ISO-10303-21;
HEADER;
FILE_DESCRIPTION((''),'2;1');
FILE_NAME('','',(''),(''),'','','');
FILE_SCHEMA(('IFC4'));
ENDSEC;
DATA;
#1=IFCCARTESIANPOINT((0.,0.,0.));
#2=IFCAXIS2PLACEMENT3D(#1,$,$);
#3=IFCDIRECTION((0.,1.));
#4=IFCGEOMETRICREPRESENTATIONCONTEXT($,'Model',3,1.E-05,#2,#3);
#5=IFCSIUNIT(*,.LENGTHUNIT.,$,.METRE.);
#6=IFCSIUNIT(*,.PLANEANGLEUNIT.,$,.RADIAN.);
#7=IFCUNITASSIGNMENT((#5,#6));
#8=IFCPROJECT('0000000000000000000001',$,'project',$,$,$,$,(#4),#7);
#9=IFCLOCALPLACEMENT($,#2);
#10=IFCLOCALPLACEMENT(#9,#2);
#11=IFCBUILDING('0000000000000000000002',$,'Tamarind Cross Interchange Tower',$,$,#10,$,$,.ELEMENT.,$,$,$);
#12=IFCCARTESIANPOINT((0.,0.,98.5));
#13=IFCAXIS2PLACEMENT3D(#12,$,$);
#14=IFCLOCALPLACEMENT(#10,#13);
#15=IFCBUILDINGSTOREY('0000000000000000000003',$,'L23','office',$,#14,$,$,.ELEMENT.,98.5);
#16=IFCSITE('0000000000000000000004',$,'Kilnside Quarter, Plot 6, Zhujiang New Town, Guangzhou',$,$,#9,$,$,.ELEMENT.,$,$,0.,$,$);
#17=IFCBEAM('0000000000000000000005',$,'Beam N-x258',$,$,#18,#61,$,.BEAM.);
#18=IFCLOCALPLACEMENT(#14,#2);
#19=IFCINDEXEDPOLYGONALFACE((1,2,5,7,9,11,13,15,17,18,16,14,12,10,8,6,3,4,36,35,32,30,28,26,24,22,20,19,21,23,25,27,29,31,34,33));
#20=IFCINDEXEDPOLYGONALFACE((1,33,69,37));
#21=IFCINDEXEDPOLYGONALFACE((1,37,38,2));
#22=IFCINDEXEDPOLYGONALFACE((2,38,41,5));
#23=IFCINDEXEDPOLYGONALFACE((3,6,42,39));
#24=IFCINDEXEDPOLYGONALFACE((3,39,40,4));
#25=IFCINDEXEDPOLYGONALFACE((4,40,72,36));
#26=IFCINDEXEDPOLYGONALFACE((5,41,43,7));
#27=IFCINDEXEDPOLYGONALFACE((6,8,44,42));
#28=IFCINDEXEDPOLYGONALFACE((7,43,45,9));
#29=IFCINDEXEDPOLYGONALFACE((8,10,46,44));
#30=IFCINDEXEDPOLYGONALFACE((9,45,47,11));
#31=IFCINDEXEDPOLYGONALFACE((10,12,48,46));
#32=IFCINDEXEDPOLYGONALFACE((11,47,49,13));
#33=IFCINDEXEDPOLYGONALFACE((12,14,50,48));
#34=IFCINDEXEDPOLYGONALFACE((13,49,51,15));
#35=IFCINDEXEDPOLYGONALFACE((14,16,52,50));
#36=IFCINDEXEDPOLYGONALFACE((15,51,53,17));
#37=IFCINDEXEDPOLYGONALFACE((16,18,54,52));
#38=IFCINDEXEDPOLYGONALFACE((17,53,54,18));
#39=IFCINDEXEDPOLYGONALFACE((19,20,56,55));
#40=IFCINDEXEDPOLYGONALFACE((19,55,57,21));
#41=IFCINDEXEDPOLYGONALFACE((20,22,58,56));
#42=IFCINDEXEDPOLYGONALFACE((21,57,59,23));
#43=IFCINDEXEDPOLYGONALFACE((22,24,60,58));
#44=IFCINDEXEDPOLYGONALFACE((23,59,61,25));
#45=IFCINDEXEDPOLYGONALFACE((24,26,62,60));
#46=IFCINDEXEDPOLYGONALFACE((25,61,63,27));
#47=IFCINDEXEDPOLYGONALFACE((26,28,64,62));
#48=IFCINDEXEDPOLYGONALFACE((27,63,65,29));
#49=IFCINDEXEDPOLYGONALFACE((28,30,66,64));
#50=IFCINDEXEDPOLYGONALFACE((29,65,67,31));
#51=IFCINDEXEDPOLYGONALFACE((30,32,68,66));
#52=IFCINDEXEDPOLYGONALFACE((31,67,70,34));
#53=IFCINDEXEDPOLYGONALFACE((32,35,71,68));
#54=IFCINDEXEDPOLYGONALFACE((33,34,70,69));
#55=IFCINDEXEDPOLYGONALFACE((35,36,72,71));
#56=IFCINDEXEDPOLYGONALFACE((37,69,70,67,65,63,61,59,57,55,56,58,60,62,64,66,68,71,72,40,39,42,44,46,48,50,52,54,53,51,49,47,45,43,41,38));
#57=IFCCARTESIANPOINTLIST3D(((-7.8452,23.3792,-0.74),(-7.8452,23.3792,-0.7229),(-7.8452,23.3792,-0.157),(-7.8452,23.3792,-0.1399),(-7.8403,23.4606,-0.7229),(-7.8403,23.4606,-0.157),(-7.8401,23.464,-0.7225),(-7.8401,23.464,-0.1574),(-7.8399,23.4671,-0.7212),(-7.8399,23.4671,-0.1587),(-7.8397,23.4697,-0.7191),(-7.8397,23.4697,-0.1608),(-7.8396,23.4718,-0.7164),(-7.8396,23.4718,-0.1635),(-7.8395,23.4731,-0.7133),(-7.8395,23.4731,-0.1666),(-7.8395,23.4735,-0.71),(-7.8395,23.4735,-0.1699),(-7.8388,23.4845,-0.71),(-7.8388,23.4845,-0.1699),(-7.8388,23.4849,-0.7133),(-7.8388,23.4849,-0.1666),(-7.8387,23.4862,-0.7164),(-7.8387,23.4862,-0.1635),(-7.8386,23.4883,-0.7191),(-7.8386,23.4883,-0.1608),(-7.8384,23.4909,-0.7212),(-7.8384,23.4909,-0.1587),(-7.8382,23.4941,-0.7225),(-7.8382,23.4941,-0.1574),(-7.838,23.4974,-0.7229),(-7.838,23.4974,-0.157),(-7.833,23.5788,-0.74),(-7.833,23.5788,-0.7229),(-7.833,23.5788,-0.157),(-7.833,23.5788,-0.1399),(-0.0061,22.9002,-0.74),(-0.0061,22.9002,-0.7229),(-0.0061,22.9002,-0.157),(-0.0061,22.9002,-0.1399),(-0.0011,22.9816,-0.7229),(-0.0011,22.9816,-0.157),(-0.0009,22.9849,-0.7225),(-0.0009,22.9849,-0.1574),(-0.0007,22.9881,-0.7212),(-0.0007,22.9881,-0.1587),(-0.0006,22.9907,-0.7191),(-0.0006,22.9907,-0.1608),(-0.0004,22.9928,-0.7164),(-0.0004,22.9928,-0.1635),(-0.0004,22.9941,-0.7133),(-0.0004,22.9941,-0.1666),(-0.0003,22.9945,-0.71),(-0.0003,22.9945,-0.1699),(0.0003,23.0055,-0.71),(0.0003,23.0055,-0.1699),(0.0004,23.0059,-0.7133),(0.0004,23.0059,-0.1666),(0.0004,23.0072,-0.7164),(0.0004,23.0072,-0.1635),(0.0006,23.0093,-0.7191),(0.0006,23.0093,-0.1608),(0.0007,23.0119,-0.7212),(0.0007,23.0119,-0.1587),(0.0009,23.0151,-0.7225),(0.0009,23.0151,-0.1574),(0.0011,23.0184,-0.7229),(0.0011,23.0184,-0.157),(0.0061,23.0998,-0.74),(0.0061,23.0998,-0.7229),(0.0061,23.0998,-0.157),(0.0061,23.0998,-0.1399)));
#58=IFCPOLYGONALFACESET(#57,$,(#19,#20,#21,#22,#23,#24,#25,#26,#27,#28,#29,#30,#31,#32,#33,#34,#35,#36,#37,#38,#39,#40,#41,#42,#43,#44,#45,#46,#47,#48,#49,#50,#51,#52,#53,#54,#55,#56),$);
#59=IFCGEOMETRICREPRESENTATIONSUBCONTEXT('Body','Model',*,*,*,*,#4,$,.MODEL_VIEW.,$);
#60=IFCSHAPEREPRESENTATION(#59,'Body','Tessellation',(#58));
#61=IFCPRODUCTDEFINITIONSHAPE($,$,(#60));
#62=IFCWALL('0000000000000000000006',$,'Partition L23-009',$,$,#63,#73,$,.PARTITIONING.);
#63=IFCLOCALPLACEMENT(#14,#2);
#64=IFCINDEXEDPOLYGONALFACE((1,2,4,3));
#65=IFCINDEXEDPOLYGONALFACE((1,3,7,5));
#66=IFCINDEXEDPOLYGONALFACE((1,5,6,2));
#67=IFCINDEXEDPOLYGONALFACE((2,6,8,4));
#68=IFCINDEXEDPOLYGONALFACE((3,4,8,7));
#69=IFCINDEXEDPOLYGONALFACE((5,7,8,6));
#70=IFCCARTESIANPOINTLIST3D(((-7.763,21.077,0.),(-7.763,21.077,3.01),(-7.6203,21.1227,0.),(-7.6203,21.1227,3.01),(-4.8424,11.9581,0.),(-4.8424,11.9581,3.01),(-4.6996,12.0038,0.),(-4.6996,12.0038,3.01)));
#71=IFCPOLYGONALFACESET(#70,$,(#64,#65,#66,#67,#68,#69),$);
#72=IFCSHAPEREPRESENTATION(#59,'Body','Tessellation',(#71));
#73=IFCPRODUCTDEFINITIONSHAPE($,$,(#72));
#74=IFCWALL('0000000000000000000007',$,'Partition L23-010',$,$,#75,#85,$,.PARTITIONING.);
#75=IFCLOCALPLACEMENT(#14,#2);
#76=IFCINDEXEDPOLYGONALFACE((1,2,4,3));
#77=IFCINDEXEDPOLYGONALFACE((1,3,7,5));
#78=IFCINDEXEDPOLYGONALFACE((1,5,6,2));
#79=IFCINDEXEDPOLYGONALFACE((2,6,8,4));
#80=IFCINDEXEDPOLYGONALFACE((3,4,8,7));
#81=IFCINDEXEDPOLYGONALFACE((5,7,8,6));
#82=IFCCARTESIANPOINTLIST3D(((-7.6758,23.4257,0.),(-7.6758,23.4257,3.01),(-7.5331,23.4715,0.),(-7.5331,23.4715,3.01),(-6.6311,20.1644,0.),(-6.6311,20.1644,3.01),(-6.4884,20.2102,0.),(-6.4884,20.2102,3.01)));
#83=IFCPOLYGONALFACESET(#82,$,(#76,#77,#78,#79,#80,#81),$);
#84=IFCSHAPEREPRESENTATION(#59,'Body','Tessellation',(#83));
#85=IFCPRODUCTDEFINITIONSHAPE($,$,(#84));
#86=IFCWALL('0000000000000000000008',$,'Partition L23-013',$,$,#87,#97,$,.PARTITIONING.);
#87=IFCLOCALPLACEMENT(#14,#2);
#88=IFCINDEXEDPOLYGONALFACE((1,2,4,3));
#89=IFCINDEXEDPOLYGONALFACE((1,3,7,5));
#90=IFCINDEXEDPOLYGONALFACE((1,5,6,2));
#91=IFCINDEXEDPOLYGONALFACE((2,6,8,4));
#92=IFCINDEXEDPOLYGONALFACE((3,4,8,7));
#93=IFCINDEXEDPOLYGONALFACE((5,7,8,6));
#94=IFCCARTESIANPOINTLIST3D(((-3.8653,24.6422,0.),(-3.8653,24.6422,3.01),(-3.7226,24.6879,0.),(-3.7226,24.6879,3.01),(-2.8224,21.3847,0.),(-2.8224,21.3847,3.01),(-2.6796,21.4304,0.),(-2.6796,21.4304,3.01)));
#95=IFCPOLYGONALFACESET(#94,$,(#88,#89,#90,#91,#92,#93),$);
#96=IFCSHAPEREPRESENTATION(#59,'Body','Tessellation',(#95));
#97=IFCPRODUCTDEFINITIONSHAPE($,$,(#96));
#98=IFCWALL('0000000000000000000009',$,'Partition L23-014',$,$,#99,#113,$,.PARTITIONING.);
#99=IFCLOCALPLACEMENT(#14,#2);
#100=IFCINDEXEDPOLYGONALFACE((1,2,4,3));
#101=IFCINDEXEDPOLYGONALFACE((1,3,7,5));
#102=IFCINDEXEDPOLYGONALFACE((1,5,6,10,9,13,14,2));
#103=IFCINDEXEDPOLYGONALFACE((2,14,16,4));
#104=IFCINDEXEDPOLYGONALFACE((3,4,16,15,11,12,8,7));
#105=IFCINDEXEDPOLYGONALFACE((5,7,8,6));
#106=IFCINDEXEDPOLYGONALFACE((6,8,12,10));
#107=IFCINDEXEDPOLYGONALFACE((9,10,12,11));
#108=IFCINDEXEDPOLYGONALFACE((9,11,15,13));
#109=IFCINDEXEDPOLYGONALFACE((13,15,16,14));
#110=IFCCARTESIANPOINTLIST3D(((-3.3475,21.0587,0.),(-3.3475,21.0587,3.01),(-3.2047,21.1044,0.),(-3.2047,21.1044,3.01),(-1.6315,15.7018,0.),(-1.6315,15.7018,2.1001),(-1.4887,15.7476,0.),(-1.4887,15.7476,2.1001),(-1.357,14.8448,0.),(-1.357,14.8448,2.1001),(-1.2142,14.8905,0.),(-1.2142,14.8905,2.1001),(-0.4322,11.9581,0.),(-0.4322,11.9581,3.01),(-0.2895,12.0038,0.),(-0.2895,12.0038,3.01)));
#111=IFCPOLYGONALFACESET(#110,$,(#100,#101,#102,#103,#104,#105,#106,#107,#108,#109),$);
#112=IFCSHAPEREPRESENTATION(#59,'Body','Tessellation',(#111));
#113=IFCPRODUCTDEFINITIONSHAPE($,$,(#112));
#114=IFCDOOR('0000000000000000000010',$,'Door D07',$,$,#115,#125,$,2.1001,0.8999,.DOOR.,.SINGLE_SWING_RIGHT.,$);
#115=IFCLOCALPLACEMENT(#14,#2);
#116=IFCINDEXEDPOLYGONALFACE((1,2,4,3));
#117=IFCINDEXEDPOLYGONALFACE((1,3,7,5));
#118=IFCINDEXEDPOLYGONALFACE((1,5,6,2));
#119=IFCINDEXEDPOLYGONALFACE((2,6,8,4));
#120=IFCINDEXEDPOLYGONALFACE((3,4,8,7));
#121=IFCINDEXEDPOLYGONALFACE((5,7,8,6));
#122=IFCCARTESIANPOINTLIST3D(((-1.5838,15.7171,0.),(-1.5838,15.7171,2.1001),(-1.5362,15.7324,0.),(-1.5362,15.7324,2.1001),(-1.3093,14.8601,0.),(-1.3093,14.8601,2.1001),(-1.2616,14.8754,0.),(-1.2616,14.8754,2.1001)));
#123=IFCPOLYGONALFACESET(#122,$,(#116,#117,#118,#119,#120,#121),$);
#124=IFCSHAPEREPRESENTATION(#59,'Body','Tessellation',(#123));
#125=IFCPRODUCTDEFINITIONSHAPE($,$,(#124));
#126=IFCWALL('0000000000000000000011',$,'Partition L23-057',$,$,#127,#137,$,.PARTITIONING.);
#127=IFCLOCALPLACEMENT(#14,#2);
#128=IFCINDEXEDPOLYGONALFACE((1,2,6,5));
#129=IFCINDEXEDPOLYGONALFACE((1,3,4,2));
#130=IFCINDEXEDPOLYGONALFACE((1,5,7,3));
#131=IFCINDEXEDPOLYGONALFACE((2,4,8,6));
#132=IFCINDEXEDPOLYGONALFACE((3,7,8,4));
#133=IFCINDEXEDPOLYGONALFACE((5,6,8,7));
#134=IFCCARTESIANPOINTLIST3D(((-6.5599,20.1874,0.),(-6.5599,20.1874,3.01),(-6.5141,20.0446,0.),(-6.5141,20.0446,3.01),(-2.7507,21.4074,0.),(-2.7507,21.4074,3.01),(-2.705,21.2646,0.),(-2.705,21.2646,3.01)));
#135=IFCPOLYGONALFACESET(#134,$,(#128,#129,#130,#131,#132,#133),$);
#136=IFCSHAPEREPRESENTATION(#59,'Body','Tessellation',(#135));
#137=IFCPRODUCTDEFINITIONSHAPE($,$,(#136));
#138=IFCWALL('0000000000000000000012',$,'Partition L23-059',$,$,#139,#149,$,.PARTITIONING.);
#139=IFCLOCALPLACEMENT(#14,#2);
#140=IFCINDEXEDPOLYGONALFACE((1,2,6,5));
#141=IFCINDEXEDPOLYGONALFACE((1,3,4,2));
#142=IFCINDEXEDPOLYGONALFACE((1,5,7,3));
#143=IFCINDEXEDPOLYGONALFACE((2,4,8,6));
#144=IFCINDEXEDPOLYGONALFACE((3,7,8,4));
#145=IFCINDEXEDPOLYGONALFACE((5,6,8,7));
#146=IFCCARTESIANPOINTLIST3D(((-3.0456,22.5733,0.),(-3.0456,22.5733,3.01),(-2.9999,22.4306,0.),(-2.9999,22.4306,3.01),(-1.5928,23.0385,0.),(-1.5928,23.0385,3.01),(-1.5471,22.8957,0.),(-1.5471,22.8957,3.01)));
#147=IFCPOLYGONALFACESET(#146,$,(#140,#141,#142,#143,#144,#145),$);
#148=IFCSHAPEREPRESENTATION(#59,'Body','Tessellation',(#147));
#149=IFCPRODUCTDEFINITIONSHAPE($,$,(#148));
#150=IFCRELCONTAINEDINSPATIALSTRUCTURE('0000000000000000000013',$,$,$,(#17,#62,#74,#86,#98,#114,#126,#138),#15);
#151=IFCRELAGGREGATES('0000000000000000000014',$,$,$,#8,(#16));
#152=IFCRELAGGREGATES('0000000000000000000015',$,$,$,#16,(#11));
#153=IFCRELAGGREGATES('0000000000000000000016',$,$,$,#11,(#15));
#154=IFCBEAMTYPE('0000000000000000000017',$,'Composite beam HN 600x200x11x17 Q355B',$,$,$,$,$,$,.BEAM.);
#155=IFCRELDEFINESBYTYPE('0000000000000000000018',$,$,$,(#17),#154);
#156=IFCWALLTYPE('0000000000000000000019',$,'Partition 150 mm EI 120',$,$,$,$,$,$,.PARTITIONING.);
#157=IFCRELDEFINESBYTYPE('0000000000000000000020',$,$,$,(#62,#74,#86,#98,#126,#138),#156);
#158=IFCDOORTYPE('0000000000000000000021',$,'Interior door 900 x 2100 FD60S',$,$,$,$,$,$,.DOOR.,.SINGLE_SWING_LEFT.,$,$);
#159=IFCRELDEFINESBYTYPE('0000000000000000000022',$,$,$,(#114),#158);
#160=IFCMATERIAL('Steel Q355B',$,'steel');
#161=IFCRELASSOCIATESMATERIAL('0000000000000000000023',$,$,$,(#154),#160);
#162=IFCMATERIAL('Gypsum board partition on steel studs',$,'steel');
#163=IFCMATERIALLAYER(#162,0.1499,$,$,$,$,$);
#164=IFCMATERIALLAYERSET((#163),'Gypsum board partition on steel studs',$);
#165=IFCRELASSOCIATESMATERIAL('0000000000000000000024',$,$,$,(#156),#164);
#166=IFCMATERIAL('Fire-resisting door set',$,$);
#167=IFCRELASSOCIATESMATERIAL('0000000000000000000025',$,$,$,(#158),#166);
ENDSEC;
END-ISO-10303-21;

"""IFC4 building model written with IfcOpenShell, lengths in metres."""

from ifc_helpers import new_model, si_unit, direction, frame, frame_2d, origin, origin_2d, place, context, subcontext, project, spatial, rectangle, i_section, extrude, material, layer, layer_set, material_profile, profile_set, type_object, element, fill, save


model = new_model("IFC4")

# Units and contexts
model_context = context("Model", 3, precision=1e-05, world=origin(), true_north=direction((0.0, 1.0)))
body_context = subcontext(model_context, "Body", "Model", "MODEL_VIEW")
ifc_project = project(units=[si_unit("LENGTHUNIT", "METRE"), si_unit("PLANEANGLEUNIT", "RADIAN")], contexts=[model_context])

# Site, building, storey
site_placement = place(None, origin())
site = spatial("IfcSite", under=ifc_project, at=site_placement, Name="Kilnside Quarter, Plot 6, Zhujiang New Town, Guangzhou", CompositionType="ELEMENT", RefElevation=0.0)
building_placement = place(site_placement, origin())
building = spatial("IfcBuilding", under=site, at=building_placement, Name="Tamarind Cross Interchange Tower", CompositionType="ELEMENT")
storey_placement = place(building_placement, frame((0.0, 0.0, 98.5)))
storey = spatial("IfcBuildingStorey", under=building, at=storey_placement, Name="L23", Description="office", CompositionType="ELEMENT", Elevation=98.5)

# Beam
ifc_material_1 = material(Name="Steel Q355B", Category="steel")
ifc_material_profile_1 = material_profile(ifc_material_1, i_section(OverallWidth=0.2, OverallDepth=0.6001, WebThickness=0.011, FlangeThickness=0.0171, FilletRadius=0.0129, at=origin_2d()), Name="HN 600x200x11x17")
ifc_profile_set_1 = profile_set([ifc_material_profile_1], Name="Steel Q355B")
beam_type_1 = type_object("IfcBeamType", Name="Composite beam HN 600x200x11x17 Q355B", PredefinedType="BEAM", material=ifc_profile_set_1)
beam_1_placement = place(storey_placement, frame((0.0, 23.0, -0.4399), z_axis=(-0.998138, 0.060991, 0.0), x_axis=(-0.060991, -0.998138, 0.0)))
element("IfcBeam", 1, at=beam_1_placement, inside=storey, type_object=beam_type_1, Name="Beam N-x258", PredefinedType="BEAM", context=body_context, shape_type="SweptSolid", body=[
    extrude(i_section(OverallWidth=0.2, OverallDepth=0.6001, WebThickness=0.011, FlangeThickness=0.0171, FilletRadius=0.0129, at=origin_2d()), origin(), (0.0, 0.0, 1.0), 7.8538),
])

# Walls
ifc_material_2 = material(Name="Gypsum board partition on steel studs", Category="steel")
ifc_layer = layer(ifc_material_2, 0.1499)
ifc_layer_set = layer_set([ifc_layer], Name="Gypsum board partition on steel studs")
wall_type = type_object("IfcWallType", Name="Partition 150 mm EI 120", PredefinedType="PARTITIONING", material=ifc_layer_set)
wall_1_placement = place(storey_placement, frame((-7.6917, 21.0999, 0.0), z_axis=(0.0, 0.0, 1.0), x_axis=(0.305023, -0.952345, 0.0)))
element("IfcWall", 2, at=wall_1_placement, inside=storey, type_object=wall_type, Name="Partition L23-009", PredefinedType="PARTITIONING", context=body_context, shape_type="SweptSolid", body=[
    extrude(rectangle(XDim=9.5752, YDim=0.1499, at=frame_2d((4.7876, 0.0))), origin(), (0.0, 0.0, 1.0), 3.01),
])
wall_2_placement = place(storey_placement, frame((-7.6045, 23.4487, 0.0), z_axis=(0.0, 0.0, 1.0), x_axis=(0.305063, -0.952332, 0.0)))
element("IfcWall", 3, at=wall_2_placement, inside=storey, type_object=wall_type, Name="Partition L23-010", PredefinedType="PARTITIONING", context=body_context, shape_type="SweptSolid", body=[
    extrude(rectangle(XDim=3.4246, YDim=0.1499, at=frame_2d((1.7124, 0.0))), origin(), (0.0, 0.0, 1.0), 3.01),
])
wall_3_placement = place(storey_placement, frame((-3.7939, 24.665, 0.0), z_axis=(0.0, 0.0, 1.0), x_axis=(0.304921, -0.952378, 0.0)))
element("IfcWall", 4, at=wall_3_placement, inside=storey, type_object=wall_type, Name="Partition L23-013", PredefinedType="PARTITIONING", context=body_context, shape_type="SweptSolid", body=[
    extrude(rectangle(XDim=3.4204, YDim=0.1499, at=frame_2d((1.7102, 0.0))), origin(), (0.0, 0.0, 1.0), 3.01),
])

# Wall, opening, door
wall_4_placement = place(storey_placement, frame((-3.2761, 21.0815, 0.0), z_axis=(0.0, 0.0, 1.0), x_axis=(0.30507, -0.95233, 0.0)))
wall_4 = element("IfcWall", 5, at=wall_4_placement, inside=storey, type_object=wall_type, Name="Partition L23-014", PredefinedType="PARTITIONING", context=body_context, shape_type="SweptSolid", body=[
    extrude(rectangle(XDim=9.5562, YDim=0.1499, at=frame_2d((4.7781, 0.0))), origin(), (0.0, 0.0, 1.0), 3.01),
])
opening_placement = place(wall_4_placement, frame((5.625, 0.0, 0.0)))
opening = element("IfcOpeningElement", 6, at=opening_placement, cuts=wall_4, PredefinedType="OPENING", context=body_context, shape_type="SweptSolid", body=[
    extrude(rectangle(XDim=0.8999, YDim=2.1001, at=frame_2d((0.45, 1.05))), frame((0.0, 0.085, 0.0), z_axis=(0.0, -1.0, 0.0), x_axis=(1.0, 0.0, 0.0)), (0.0, 0.0, 1.0), 0.1699),
])
ifc_material_3 = material(Name="Fire-resisting door set")
door_type = type_object("IfcDoorType", Name="Interior door 900 x 2100 FD60S", OperationType="SINGLE_SWING_LEFT", PredefinedType="DOOR", material=ifc_material_3)
door_placement = place(opening_placement, frame((0.8999, 0.0, 0.0), z_axis=(0.0, 0.0, 1.0), x_axis=(-1.0, 0.0, 0.0)))
door = element("IfcDoor", 7, at=door_placement, inside=storey, type_object=door_type, Name="Door D07", OperationType="SINGLE_SWING_RIGHT", OverallHeight=2.1001, OverallWidth=0.8999, PredefinedType="DOOR", context=body_context, shape_type="SweptSolid", body=[
    extrude(rectangle(XDim=0.8999, YDim=2.1001, at=frame_2d((0.45, 1.05))), frame((0.0, 0.0249, 0.0), z_axis=(0.0, -1.0, 0.0), x_axis=(1.0, 0.0, 0.0)), (0.0, 0.0, 1.0), 0.05),
])
fill(opening, door)

# Walls
wall_5_placement = place(storey_placement, frame((-6.5371, 20.116, 0.0), z_axis=(0.0, 0.0, 1.0), x_axis=(0.952347, 0.305017, 0.0)))
element("IfcWall", 8, at=wall_5_placement, inside=storey, type_object=wall_type, Name="Partition L23-057", PredefinedType="PARTITIONING", context=body_context, shape_type="SweptSolid", body=[
    extrude(rectangle(XDim=3.9998, YDim=0.1499, at=frame_2d((2.0, 0.0))), origin(), (0.0, 0.0, 1.0), 3.01),
])
wall_6_placement = place(storey_placement, frame((-3.0227, 22.502, 0.0), z_axis=(0.0, 0.0, 1.0), x_axis=(0.952378, 0.304921, 0.0)))
element("IfcWall", 9, at=wall_6_placement, inside=storey, type_object=wall_type, Name="Partition L23-059", PredefinedType="PARTITIONING", context=body_context, shape_type="SweptSolid", body=[
    extrude(rectangle(XDim=1.5254, YDim=0.1499, at=frame_2d((0.7627, 0.0))), origin(), (0.0, 0.0, 1.0), 3.01),
])

save(model, "model.ifc")
